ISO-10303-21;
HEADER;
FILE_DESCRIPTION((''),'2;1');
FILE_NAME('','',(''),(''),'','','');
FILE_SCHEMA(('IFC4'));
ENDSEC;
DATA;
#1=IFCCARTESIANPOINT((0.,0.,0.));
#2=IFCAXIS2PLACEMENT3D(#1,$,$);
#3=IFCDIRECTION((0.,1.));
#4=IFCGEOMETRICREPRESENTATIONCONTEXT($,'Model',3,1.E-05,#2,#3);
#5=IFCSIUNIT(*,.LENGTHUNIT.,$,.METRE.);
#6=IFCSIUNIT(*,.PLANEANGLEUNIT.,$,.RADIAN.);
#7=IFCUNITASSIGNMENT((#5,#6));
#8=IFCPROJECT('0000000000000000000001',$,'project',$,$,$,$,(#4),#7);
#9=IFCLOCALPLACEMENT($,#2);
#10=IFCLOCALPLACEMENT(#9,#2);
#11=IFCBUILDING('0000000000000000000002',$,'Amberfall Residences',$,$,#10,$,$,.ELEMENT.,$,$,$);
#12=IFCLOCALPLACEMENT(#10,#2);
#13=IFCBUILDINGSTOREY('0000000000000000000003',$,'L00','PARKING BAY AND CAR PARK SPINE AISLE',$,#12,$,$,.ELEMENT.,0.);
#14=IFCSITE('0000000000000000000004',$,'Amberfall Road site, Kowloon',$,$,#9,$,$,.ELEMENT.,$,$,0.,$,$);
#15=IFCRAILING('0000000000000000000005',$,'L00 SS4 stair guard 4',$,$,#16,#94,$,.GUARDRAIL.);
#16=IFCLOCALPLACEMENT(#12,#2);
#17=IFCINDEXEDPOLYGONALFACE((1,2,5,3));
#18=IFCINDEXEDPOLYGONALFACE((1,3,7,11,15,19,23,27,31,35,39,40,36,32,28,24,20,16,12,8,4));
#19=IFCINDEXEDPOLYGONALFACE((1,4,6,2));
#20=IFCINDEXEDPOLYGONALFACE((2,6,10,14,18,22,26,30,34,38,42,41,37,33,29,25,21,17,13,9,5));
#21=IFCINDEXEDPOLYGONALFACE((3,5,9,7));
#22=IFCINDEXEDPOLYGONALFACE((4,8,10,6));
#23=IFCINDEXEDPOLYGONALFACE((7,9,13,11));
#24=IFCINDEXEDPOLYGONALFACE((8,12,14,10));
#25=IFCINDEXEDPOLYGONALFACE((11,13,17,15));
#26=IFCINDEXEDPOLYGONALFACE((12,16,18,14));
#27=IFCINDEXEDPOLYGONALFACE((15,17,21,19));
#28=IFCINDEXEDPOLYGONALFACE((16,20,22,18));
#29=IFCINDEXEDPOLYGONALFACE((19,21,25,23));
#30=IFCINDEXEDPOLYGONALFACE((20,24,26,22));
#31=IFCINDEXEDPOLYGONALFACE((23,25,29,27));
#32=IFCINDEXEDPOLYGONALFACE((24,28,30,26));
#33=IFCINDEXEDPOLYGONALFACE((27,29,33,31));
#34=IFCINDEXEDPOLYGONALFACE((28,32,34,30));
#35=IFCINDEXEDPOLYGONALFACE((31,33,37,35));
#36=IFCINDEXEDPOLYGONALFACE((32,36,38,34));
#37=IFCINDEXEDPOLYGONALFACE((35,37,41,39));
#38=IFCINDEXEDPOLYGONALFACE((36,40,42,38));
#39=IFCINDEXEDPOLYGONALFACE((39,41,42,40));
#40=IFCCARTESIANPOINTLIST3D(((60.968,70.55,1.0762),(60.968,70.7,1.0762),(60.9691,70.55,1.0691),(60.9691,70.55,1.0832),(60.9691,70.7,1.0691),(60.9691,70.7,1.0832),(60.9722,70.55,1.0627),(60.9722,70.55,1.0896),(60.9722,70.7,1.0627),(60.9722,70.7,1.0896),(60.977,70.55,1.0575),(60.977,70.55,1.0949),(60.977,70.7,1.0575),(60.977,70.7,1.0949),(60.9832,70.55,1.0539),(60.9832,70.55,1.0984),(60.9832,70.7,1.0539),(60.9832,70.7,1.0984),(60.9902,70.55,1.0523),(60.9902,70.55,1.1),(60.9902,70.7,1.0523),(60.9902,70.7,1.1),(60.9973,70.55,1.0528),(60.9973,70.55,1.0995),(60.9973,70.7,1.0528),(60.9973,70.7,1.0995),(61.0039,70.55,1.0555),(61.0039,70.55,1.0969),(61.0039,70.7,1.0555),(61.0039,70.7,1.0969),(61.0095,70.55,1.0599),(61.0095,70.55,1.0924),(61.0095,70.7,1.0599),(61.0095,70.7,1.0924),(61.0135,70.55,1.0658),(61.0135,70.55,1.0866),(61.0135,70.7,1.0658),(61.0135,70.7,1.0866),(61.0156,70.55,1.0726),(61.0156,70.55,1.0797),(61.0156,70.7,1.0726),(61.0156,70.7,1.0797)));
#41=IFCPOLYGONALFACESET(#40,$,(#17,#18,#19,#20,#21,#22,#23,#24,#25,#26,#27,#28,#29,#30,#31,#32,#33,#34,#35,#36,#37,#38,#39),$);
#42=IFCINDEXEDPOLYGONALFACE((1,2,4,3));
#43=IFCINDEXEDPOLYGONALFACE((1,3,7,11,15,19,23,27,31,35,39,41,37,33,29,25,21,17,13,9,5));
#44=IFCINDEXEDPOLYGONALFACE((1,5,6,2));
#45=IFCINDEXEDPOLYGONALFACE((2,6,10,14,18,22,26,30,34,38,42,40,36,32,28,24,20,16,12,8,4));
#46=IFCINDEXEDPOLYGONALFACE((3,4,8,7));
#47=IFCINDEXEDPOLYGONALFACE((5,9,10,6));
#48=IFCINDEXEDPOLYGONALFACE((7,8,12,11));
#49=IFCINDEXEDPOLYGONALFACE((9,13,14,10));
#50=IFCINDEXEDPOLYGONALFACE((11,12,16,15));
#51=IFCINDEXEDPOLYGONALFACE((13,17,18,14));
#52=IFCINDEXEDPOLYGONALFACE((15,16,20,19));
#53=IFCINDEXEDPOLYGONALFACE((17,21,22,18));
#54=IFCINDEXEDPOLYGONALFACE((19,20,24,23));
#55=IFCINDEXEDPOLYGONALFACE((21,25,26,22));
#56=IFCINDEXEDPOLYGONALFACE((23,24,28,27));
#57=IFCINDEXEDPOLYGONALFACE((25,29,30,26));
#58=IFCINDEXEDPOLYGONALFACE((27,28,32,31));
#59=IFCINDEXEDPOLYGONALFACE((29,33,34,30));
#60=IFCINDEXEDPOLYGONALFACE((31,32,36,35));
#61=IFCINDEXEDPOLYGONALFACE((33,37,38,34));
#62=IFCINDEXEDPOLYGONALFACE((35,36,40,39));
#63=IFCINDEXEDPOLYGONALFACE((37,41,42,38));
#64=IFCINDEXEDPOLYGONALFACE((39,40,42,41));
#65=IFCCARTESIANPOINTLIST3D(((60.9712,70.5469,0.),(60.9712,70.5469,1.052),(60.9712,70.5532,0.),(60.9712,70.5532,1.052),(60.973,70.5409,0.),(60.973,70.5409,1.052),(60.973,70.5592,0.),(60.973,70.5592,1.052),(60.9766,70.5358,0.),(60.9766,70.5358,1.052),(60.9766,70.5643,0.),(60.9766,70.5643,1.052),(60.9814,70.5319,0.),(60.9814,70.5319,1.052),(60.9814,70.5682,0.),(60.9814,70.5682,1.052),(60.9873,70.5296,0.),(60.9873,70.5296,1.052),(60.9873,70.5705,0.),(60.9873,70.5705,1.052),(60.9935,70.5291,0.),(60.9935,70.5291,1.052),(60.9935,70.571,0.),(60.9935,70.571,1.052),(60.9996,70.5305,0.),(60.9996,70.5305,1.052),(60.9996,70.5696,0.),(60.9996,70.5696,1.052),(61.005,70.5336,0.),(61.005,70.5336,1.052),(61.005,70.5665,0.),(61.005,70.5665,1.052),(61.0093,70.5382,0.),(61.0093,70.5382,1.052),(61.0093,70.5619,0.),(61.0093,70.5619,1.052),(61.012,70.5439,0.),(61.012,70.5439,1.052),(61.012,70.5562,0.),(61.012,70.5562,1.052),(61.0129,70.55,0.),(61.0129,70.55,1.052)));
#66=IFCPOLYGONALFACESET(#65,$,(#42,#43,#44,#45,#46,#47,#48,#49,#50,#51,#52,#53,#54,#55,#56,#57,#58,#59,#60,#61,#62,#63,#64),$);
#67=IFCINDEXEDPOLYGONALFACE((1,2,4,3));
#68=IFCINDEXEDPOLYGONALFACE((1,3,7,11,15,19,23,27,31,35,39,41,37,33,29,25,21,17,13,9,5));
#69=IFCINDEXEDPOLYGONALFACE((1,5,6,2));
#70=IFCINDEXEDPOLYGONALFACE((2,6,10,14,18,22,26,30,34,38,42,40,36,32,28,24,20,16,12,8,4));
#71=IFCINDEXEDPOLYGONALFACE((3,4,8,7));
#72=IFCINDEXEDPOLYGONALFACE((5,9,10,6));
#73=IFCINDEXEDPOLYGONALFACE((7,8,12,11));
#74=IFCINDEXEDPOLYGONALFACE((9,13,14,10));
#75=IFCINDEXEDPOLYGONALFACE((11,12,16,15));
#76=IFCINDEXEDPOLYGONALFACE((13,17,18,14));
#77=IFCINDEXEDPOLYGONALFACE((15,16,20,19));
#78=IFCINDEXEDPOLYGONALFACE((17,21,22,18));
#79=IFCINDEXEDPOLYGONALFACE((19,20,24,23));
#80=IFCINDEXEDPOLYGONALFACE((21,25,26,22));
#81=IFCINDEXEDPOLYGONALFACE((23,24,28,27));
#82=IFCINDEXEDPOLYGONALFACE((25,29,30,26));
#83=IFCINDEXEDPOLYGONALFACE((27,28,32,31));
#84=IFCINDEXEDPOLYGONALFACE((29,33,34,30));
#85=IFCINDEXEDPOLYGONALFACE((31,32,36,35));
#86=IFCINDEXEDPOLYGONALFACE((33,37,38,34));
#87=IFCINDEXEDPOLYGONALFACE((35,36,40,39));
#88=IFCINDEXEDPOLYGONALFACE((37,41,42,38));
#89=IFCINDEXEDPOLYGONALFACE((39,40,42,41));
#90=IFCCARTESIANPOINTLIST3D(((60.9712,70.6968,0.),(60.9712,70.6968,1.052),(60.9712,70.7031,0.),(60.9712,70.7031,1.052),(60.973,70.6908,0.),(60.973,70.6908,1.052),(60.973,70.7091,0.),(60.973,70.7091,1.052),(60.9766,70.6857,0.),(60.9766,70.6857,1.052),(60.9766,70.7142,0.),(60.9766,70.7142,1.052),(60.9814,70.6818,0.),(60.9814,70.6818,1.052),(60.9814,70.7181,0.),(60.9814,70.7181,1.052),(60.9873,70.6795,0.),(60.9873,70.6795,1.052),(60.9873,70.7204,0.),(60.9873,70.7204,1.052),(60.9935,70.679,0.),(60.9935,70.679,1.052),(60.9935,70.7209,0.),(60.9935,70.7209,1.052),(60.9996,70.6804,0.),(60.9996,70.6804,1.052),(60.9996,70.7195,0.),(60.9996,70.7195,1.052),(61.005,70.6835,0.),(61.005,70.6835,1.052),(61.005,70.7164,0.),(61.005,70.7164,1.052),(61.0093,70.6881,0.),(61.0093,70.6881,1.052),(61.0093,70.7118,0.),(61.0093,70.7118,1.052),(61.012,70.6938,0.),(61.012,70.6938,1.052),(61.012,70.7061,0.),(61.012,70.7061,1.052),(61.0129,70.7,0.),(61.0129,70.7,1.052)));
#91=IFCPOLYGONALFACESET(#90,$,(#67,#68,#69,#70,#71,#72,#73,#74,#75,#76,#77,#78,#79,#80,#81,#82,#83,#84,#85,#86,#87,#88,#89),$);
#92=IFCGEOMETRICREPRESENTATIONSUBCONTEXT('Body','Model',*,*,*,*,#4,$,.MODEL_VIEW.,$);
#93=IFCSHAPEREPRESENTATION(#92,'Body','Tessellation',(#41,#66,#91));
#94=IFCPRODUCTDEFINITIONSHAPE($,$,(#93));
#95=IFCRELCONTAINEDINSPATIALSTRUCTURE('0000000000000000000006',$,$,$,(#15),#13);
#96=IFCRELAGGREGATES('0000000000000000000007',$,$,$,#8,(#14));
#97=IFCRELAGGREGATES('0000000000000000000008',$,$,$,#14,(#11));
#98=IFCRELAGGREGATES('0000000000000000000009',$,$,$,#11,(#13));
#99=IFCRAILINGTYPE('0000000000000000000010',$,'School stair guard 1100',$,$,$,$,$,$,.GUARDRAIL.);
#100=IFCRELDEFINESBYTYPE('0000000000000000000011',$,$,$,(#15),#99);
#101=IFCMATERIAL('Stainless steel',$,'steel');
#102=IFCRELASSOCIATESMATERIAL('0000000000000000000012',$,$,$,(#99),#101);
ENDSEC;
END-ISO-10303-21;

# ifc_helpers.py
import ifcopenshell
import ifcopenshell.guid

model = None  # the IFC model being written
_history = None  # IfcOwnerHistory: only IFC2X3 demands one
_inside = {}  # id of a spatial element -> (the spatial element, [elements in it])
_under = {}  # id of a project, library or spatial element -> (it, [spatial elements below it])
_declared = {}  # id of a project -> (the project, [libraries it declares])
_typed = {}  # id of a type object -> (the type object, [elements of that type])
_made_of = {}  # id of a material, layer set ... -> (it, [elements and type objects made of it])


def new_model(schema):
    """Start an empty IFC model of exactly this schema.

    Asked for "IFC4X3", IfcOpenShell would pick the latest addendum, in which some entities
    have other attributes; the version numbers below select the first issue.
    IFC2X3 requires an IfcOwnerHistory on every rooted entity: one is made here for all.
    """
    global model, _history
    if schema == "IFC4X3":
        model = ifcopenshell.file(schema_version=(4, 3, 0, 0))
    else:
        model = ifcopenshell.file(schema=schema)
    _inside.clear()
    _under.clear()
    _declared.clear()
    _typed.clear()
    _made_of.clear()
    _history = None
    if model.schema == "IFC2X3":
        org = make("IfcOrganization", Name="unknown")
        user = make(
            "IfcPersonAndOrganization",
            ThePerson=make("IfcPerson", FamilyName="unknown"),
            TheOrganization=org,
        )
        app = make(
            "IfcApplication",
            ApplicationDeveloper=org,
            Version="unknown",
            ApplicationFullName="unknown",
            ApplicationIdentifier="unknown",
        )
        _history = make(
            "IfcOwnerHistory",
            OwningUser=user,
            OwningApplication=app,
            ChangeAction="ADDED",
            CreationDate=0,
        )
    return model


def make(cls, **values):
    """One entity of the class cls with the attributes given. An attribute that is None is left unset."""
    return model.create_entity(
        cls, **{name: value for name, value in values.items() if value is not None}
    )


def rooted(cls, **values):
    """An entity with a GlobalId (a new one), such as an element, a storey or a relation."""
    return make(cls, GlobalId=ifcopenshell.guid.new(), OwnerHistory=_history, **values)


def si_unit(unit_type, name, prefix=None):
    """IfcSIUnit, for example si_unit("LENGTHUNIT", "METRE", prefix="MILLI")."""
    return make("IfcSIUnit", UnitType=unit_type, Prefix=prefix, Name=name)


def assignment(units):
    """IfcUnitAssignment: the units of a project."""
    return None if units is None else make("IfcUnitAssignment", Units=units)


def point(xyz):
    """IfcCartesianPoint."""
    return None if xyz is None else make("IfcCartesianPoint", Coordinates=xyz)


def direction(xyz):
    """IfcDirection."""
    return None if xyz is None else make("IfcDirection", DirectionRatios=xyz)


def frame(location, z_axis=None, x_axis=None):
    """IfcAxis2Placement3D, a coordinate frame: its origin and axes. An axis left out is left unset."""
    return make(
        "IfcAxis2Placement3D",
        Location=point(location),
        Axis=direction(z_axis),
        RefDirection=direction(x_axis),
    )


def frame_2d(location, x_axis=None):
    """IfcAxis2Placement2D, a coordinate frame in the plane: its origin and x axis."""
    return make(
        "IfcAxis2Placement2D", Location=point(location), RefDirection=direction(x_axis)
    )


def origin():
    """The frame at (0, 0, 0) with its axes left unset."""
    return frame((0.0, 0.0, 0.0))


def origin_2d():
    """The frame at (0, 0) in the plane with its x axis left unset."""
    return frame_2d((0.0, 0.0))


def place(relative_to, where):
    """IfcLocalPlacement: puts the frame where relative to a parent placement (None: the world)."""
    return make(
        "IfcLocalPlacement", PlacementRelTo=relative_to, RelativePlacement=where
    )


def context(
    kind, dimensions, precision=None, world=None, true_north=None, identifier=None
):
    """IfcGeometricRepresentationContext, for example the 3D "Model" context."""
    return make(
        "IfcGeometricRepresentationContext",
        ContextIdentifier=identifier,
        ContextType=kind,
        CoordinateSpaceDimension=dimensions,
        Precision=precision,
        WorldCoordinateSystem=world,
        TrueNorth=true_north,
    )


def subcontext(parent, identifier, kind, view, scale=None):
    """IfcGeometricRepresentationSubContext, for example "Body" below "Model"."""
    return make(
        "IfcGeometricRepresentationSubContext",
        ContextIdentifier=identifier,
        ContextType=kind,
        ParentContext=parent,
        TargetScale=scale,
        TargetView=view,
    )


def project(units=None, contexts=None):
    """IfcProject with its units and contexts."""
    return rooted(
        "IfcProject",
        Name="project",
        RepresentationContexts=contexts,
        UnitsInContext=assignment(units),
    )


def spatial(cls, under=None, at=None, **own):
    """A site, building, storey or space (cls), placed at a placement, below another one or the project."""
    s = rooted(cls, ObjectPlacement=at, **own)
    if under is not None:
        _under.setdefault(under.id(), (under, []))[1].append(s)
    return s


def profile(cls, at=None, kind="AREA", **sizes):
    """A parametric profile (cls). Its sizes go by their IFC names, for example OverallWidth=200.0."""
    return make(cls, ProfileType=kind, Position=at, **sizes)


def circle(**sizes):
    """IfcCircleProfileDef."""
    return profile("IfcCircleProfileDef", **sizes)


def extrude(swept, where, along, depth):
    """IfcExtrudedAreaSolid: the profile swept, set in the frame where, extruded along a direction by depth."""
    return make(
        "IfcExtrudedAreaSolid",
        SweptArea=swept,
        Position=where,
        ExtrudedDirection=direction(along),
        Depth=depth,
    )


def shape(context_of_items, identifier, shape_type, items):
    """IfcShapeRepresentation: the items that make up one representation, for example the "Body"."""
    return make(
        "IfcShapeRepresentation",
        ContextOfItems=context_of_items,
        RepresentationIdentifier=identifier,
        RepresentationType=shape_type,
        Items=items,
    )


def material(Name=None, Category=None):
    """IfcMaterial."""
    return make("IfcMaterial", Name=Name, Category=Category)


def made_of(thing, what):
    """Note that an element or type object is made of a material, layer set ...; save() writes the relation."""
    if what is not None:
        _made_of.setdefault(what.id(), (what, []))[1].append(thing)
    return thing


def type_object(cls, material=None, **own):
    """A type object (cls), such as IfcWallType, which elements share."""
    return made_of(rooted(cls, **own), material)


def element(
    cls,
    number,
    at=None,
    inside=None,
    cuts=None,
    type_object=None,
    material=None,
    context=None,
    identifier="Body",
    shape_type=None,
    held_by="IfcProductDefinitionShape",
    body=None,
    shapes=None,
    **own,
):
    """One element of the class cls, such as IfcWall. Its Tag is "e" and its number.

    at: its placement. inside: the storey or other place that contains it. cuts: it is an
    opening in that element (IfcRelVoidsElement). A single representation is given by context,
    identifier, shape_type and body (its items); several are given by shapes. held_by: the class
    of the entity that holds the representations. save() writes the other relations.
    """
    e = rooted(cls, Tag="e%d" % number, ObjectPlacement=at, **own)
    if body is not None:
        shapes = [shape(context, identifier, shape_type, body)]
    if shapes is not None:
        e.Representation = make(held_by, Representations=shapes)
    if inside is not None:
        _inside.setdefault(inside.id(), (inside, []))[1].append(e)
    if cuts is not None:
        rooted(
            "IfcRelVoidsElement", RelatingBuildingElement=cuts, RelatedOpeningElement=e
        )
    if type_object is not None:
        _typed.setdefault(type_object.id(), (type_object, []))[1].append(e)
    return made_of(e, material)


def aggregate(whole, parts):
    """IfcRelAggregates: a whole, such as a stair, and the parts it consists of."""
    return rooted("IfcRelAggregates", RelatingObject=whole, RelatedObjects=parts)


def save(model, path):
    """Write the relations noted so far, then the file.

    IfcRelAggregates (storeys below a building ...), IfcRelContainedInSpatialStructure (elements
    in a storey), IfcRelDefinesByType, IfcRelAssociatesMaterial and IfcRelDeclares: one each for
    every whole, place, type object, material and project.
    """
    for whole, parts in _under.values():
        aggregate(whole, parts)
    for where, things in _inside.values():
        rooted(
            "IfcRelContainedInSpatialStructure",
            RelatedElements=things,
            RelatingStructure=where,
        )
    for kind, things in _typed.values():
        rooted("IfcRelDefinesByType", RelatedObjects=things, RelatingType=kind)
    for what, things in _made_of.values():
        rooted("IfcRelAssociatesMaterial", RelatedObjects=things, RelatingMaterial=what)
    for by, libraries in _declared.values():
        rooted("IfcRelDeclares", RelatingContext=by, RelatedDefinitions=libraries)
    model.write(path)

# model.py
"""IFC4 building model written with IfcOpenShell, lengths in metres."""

from ifc_helpers import new_model, si_unit, direction, frame, origin, origin_2d, place, context, subcontext, project, spatial, circle, extrude, material, type_object, element, save


model = new_model("IFC4")

# Units and contexts
model_context = context("Model", 3, precision=1e-05, world=origin(), true_north=direction((0.0, 1.0)))
body_context = subcontext(model_context, "Body", "Model", "MODEL_VIEW")
ifc_project = project(units=[si_unit("LENGTHUNIT", "METRE"), si_unit("PLANEANGLEUNIT", "RADIAN")], contexts=[model_context])

# Site, building, storey
site_placement = place(None, origin())
site = spatial("IfcSite", under=ifc_project, at=site_placement, Name="Amberfall Road site, Kowloon", CompositionType="ELEMENT", RefElevation=0.0)
building_placement = place(site_placement, origin())
building = spatial("IfcBuilding", under=site, at=building_placement, Name="Amberfall Residences", CompositionType="ELEMENT")
storey_placement = place(building_placement, origin())
storey = spatial("IfcBuildingStorey", under=building, at=storey_placement, Name="L00", Description="PARKING BAY AND CAR PARK SPINE AISLE", CompositionType="ELEMENT", Elevation=0.0)

# Railing
ifc_material_1 = material(Name="Stainless steel", Category="steel")
railing_type_1 = type_object("IfcRailingType", Name="School stair guard 1100", PredefinedType="GUARDRAIL", material=ifc_material_1)
railing_1_placement = place(storey_placement, frame((60.9919, 70.55, 0.0)))
element("IfcRailing", 1, at=railing_1_placement, inside=storey, type_object=railing_type_1, Name="L00 SS4 stair guard 4", PredefinedType="GUARDRAIL", context=body_context, shape_type="SweptSolid", body=[
    extrude(circle(Radius=0.0239, at=origin_2d()), frame((0.0, 0.0, 1.0762), z_axis=(0.0, 1.0, 0.0), x_axis=(-1.0, 0.0, 0.0)), (0.0, 0.0, 1.0), 0.1499),
    extrude(circle(Radius=0.021, at=origin_2d()), origin(), (0.0, 0.0, 1.0), 1.052),
    extrude(circle(Radius=0.021, at=origin_2d()), frame((0.0, 0.1499, 0.0)), (0.0, 0.0, 1.0), 1.052),
])

save(model, "model.ifc")
